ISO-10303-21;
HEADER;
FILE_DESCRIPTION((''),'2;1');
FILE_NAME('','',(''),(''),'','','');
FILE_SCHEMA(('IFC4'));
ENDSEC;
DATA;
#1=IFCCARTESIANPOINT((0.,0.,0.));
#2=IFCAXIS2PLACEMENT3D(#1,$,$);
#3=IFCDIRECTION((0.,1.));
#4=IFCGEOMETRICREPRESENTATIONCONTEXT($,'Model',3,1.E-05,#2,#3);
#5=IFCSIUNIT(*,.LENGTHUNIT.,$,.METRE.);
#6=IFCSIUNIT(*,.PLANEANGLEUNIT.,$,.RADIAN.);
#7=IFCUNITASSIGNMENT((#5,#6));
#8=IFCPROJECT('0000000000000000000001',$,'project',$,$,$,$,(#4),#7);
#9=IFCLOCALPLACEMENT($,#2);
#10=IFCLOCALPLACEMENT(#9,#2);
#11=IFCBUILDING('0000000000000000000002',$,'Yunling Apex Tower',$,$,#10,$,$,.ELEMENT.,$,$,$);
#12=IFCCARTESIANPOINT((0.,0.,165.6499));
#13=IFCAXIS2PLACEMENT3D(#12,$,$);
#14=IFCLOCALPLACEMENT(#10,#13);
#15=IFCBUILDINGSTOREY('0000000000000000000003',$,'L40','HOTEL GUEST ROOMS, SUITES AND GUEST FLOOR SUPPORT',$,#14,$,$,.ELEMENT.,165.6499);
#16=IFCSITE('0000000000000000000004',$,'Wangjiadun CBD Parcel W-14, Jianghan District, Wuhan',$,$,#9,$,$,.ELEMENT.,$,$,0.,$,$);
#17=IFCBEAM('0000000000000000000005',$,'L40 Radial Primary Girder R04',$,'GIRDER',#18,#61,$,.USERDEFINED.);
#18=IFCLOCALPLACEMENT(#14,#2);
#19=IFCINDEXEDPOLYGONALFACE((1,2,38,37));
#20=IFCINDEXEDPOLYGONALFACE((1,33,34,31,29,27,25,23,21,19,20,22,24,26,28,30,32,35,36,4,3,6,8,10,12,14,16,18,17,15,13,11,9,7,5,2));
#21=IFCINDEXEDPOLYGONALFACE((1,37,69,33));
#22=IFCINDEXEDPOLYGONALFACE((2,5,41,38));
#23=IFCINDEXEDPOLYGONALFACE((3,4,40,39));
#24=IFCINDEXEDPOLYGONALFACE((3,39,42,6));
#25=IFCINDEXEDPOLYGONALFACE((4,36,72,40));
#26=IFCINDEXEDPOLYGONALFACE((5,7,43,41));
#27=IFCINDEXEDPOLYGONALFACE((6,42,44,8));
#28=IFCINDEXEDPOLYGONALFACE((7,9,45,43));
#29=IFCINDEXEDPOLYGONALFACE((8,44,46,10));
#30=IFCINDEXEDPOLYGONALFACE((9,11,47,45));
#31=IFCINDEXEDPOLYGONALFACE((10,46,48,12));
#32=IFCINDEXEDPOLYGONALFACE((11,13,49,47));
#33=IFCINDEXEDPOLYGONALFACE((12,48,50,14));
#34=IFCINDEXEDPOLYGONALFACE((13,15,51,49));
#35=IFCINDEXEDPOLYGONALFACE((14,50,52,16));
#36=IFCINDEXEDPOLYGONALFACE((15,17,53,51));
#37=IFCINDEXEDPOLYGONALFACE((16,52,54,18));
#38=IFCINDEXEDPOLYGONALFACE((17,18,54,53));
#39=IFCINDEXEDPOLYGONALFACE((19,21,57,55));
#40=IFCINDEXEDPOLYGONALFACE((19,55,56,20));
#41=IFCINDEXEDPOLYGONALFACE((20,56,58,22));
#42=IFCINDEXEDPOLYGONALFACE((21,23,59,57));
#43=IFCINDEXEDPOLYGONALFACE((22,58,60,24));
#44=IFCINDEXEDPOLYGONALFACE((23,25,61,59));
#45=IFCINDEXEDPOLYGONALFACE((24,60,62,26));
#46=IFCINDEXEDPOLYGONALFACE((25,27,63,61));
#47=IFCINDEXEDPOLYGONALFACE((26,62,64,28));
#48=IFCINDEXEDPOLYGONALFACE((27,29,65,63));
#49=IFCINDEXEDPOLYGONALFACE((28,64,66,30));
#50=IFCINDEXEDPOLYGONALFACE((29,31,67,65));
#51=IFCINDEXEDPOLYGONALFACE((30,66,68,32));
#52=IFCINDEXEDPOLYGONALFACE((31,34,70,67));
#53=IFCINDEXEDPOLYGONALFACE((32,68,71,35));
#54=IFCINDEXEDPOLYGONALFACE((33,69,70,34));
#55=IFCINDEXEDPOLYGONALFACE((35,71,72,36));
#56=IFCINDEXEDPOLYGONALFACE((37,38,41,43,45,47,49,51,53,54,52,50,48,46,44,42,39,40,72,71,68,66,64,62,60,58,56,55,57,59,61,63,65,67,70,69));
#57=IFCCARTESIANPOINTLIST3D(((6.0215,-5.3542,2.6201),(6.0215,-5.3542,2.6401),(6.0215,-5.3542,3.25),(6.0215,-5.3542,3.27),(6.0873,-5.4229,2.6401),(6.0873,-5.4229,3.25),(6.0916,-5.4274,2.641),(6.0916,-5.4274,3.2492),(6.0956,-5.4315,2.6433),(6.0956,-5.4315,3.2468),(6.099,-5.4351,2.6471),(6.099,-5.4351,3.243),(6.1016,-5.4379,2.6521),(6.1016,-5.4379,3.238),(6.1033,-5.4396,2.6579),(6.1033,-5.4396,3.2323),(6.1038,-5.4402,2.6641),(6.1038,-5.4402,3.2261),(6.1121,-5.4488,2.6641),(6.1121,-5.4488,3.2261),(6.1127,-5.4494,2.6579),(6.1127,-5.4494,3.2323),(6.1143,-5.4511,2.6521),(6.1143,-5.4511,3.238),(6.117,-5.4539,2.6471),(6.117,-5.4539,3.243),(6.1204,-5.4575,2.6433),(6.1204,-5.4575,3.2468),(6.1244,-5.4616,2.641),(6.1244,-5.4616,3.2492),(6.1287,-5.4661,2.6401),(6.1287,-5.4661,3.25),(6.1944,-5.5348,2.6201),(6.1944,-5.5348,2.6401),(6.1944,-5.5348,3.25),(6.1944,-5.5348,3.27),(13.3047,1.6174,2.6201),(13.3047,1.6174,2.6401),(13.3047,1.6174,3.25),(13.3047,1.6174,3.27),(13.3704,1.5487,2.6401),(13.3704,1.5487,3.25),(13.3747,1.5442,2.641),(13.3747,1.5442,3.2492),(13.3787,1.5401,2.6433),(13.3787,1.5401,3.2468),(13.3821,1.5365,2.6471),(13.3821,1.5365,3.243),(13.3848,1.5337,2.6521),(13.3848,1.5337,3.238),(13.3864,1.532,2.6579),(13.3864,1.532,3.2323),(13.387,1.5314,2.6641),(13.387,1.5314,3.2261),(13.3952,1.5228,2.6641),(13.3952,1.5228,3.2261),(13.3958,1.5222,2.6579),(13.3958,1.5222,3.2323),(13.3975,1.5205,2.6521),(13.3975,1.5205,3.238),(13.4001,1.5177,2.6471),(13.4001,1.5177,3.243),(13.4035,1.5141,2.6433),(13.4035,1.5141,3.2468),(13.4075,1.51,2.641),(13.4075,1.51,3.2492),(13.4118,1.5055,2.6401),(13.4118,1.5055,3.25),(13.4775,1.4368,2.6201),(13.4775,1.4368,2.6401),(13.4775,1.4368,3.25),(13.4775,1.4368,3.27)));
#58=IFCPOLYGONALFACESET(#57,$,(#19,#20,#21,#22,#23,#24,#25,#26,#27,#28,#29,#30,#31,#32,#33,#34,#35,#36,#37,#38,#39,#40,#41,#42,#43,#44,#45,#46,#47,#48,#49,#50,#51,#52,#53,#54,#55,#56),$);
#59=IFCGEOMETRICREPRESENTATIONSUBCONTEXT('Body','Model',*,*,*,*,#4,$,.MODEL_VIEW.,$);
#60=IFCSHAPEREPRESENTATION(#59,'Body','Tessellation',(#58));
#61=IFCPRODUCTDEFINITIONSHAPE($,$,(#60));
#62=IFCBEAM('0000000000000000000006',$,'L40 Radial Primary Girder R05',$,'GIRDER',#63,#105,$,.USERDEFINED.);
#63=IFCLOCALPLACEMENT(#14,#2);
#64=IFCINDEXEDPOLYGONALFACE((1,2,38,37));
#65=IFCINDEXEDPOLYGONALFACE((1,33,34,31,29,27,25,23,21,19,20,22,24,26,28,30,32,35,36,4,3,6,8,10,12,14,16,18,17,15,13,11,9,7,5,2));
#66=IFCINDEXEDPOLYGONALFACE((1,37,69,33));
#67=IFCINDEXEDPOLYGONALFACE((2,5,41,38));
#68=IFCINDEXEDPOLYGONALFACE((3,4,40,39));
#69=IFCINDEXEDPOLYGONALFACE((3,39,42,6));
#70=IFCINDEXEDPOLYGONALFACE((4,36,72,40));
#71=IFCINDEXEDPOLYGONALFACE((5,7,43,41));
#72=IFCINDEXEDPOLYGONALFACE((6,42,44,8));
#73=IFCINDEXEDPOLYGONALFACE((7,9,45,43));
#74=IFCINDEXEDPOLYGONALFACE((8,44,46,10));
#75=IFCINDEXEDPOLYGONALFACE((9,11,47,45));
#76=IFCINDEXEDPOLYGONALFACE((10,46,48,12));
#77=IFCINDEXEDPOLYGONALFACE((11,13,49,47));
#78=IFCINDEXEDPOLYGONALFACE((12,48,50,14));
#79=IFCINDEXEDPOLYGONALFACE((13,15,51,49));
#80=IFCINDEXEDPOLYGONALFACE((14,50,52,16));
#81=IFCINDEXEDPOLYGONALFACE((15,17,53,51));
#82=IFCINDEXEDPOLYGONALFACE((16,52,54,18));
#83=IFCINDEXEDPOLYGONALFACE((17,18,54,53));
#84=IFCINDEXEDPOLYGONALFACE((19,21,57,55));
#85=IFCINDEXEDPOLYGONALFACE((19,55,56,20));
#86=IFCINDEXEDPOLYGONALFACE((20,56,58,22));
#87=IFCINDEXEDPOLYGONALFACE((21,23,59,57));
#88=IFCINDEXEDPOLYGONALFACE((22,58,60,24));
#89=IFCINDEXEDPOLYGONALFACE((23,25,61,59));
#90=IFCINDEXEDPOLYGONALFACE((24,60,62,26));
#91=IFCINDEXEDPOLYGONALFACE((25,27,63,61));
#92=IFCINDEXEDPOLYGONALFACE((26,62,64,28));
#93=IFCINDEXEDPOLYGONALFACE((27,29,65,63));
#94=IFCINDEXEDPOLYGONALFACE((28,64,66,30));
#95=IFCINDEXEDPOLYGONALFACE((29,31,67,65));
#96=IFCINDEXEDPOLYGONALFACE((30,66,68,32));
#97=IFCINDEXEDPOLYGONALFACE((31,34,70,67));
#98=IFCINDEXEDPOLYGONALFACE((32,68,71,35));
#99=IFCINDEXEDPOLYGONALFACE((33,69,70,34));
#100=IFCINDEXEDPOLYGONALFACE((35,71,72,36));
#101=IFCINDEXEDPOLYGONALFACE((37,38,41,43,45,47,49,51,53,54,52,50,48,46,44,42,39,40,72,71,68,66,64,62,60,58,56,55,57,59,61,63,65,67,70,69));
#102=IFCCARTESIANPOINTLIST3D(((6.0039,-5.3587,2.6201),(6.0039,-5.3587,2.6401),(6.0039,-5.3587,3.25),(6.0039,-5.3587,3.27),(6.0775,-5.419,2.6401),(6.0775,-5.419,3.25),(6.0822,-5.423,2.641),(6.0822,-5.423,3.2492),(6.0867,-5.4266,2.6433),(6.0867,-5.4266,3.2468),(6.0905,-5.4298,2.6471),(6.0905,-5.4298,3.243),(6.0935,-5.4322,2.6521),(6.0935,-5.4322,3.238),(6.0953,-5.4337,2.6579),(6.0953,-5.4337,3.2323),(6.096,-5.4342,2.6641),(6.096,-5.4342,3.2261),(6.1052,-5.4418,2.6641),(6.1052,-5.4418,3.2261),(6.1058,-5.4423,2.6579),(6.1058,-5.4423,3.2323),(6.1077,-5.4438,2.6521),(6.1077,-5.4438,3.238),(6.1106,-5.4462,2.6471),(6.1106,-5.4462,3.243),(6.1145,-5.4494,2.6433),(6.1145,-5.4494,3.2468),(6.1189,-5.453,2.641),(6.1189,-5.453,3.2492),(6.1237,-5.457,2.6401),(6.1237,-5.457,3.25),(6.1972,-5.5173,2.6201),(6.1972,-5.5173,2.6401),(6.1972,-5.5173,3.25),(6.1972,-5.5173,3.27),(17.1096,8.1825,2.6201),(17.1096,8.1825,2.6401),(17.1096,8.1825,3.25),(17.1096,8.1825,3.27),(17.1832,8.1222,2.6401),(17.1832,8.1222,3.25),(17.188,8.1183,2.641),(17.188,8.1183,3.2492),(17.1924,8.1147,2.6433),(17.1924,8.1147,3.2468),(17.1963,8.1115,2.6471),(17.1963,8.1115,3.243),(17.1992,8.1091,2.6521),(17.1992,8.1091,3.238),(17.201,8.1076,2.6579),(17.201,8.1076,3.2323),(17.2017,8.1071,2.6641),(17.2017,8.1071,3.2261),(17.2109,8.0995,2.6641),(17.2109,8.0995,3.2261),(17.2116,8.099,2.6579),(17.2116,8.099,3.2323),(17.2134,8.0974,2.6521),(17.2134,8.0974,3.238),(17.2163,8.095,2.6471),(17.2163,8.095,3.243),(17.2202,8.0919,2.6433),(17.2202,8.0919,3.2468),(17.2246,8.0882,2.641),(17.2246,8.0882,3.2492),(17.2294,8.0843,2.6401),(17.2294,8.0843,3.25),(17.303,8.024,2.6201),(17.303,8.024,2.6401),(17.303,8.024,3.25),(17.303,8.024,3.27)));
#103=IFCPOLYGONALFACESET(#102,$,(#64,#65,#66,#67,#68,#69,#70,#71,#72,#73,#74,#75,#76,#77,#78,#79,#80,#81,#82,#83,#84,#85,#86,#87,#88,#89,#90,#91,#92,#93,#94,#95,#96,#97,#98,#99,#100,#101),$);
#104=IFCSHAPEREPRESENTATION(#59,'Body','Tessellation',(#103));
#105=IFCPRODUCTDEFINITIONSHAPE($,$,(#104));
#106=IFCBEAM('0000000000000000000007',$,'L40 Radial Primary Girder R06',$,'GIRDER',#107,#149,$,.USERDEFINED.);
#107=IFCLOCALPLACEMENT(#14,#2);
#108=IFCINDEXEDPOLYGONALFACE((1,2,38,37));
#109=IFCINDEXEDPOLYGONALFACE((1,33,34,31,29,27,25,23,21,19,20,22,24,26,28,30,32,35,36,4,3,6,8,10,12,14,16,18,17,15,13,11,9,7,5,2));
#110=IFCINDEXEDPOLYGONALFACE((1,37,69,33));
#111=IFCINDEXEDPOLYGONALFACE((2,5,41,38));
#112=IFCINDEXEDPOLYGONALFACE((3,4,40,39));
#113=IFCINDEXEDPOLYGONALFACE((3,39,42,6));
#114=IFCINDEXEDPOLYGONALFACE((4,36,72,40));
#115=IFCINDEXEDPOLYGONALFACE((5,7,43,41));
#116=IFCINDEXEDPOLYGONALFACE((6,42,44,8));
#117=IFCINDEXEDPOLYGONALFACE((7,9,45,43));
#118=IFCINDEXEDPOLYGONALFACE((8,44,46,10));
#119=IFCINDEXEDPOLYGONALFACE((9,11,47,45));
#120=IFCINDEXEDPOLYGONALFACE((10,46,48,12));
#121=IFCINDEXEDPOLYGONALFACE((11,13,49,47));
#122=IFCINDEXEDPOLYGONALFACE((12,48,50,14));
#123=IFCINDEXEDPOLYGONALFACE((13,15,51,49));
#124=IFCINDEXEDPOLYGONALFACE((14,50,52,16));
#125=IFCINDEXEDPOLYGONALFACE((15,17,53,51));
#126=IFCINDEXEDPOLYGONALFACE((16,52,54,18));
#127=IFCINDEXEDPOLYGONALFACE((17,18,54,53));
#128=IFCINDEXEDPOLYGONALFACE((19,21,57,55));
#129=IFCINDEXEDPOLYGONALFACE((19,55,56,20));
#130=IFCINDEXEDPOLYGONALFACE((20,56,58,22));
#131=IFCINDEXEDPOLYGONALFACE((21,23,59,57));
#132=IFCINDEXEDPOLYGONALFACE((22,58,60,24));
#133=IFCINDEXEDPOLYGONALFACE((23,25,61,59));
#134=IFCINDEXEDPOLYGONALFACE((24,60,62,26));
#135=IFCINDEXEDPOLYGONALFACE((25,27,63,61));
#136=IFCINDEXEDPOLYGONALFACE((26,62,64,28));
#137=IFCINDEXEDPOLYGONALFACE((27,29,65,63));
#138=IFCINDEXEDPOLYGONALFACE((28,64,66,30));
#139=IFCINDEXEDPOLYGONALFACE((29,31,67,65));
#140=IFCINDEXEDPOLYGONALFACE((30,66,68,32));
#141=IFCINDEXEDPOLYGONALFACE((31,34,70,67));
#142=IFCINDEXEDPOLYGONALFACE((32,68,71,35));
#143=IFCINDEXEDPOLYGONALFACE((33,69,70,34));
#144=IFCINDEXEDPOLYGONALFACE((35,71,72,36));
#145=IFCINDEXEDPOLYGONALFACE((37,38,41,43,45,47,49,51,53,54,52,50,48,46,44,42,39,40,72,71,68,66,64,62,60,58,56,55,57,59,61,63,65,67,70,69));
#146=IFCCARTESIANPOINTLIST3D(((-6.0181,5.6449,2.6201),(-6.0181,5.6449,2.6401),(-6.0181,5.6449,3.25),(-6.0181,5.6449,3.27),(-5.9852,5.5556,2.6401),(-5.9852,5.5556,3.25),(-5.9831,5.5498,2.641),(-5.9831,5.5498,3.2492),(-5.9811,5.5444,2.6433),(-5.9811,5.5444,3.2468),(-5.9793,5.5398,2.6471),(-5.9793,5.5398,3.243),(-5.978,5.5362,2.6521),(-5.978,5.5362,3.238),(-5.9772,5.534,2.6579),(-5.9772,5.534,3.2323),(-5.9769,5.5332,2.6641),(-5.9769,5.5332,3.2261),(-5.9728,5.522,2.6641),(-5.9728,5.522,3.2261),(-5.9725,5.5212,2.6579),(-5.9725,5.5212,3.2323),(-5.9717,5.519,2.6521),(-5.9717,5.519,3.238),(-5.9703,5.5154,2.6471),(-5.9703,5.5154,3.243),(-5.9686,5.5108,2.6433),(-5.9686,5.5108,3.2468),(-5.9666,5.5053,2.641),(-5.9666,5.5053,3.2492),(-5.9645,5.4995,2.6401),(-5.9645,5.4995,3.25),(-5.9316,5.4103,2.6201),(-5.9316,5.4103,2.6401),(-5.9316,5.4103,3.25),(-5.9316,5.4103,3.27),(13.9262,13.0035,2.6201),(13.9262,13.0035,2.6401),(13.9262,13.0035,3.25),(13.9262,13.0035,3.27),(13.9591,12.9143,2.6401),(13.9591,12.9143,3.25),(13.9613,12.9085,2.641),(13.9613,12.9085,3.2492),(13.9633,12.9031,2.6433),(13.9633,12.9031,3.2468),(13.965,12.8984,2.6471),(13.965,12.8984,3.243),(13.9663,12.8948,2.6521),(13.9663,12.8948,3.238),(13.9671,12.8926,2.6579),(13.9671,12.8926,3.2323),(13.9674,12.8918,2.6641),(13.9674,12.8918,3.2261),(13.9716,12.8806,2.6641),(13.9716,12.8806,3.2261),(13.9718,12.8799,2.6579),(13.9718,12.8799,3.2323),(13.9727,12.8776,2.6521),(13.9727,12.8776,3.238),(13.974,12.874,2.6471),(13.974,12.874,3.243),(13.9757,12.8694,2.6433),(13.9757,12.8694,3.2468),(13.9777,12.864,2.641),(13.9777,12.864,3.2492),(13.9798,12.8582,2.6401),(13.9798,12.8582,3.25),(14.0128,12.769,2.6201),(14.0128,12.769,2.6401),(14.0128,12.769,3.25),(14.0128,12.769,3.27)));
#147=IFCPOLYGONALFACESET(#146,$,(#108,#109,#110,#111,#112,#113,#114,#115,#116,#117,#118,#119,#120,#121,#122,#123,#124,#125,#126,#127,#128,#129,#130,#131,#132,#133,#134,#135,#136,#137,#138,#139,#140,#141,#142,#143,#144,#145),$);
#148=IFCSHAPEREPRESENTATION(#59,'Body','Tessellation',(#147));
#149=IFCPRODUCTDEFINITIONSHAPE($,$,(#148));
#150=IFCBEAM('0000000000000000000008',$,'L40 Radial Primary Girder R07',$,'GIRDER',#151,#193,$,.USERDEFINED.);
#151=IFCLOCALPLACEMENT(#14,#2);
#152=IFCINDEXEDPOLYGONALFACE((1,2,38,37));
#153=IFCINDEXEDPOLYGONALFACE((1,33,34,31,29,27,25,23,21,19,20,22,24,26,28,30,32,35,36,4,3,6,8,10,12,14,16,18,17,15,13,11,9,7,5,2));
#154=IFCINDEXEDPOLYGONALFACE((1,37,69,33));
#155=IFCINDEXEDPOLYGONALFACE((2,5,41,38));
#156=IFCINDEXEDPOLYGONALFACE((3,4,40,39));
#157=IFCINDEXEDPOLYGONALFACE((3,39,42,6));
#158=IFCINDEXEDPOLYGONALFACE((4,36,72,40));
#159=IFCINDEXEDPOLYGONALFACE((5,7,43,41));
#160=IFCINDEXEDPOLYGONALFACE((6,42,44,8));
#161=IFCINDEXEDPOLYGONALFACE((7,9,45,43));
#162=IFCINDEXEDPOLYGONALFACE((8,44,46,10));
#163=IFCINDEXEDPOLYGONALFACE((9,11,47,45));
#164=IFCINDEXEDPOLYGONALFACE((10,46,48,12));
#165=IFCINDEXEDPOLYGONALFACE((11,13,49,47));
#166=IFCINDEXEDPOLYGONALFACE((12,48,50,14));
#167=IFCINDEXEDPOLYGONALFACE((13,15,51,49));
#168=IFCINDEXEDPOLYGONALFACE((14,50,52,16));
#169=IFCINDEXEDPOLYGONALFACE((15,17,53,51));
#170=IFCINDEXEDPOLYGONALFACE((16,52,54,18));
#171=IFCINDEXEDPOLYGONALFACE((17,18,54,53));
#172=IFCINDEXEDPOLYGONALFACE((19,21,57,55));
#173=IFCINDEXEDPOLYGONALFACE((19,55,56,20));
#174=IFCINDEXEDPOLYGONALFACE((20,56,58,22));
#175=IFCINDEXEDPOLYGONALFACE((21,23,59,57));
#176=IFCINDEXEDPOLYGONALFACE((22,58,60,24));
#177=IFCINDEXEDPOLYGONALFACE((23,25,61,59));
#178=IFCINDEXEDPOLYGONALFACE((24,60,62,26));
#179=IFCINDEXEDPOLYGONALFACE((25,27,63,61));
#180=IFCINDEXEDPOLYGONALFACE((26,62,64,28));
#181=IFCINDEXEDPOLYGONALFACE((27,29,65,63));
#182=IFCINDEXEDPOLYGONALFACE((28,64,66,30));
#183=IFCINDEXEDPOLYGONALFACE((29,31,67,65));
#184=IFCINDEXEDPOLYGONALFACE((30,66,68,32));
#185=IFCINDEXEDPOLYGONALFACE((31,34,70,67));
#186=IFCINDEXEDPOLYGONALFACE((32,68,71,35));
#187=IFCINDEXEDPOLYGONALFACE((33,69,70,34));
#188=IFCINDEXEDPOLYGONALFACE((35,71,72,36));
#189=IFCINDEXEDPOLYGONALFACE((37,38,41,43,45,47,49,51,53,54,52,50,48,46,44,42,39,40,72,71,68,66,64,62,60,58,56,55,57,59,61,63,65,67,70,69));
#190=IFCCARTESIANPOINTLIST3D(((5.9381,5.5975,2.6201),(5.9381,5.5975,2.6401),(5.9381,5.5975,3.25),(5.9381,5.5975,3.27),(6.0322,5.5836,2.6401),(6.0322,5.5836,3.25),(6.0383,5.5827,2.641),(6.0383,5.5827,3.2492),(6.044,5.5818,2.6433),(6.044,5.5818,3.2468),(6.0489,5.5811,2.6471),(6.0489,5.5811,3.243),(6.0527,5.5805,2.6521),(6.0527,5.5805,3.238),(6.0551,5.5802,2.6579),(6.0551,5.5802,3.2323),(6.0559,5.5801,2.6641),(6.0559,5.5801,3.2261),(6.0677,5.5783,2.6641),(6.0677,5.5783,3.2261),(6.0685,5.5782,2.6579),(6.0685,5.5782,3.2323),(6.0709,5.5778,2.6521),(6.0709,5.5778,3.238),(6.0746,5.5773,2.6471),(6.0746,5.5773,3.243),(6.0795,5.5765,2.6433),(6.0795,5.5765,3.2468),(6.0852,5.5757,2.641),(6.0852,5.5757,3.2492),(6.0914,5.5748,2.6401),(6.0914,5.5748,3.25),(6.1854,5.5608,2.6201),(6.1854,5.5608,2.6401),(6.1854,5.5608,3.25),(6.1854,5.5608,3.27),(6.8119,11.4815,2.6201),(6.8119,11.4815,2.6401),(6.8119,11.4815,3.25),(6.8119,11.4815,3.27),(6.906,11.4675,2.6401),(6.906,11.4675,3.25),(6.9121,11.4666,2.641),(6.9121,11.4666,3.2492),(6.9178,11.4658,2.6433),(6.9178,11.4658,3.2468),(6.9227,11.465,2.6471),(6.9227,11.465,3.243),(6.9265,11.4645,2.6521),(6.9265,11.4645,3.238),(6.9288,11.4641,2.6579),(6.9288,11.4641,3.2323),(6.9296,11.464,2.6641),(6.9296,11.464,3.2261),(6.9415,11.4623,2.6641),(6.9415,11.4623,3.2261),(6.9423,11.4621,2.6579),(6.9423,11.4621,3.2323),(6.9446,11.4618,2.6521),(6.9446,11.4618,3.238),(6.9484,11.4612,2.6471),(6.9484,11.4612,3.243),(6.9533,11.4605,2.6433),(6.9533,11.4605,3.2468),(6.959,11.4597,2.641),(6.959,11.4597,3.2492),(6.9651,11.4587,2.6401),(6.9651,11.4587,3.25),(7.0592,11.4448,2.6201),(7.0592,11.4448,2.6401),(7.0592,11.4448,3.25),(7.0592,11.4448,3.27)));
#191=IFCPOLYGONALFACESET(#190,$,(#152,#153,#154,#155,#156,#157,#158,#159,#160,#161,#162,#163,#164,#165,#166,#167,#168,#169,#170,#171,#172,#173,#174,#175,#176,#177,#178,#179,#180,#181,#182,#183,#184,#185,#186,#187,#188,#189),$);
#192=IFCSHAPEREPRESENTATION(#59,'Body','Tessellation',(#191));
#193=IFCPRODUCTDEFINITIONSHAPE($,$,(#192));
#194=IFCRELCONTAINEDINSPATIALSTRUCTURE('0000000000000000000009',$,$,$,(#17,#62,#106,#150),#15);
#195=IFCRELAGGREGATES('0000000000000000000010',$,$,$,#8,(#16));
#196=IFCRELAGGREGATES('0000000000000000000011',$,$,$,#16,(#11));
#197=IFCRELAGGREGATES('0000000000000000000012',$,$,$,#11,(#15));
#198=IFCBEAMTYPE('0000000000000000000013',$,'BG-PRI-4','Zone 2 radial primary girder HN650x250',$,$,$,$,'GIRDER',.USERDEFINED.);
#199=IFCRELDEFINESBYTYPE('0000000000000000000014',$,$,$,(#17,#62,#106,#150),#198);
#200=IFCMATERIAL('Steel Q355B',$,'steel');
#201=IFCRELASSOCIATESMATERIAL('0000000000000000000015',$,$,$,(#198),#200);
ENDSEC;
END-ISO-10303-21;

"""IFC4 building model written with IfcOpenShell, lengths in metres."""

from ifc_helpers import new_model, si_unit, direction, frame, origin, origin_2d, place, context, subcontext, project, spatial, i_section, extrude, source, transform, mapped, material, material_profile, profile_set, type_object, element, save


model = new_model("IFC4")

# Units and contexts
model_context = context("Model", 3, precision=1e-05, world=origin(), true_north=direction((0.0, 1.0)))
body_context = subcontext(model_context, "Body", "Model", "MODEL_VIEW")
ifc_project = project(units=[si_unit("LENGTHUNIT", "METRE"), si_unit("PLANEANGLEUNIT", "RADIAN")], contexts=[model_context])

# Site, building, storey
site_placement = place(None, origin())
site = spatial("IfcSite", under=ifc_project, at=site_placement, Name="Wangjiadun CBD Parcel W-14, Jianghan District, Wuhan", CompositionType="ELEMENT", RefElevation=0.0)
building_placement = place(site_placement, origin())
building = spatial("IfcBuilding", under=site, at=building_placement, Name="Yunling Apex Tower", CompositionType="ELEMENT")
storey_placement = place(building_placement, frame((0.0, 0.0, 165.6499)))
storey = spatial("IfcBuildingStorey", under=building, at=storey_placement, Name="L40", Description="HOTEL GUEST ROOMS, SUITES AND GUEST FLOOR SUPPORT", CompositionType="ELEMENT", Elevation=165.6499)

# Beams
ifc_material_1 = material(Name="Steel Q355B", Category="steel")
ifc_material_profile_1 = material_profile(ifc_material_1, i_section(OverallWidth=0.25, OverallDepth=0.6499, WebThickness=0.012, FlangeThickness=0.02, FilletRadius=0.0239, at=origin_2d()))
ifc_profile_set_1 = profile_set([ifc_material_profile_1], Name="Steel Q355B")
beam_type_1 = type_object("IfcBeamType", Name="BG-PRI-4", Description="Zone 2 radial primary girder HN650x250", ElementType="GIRDER", PredefinedType="USERDEFINED", material=ifc_profile_set_1)
shared_shape_1 = source(origin(), body_context, "Body", "SweptSolid", [
    extrude(i_section(OverallWidth=0.25, OverallDepth=0.6499, WebThickness=0.012, FlangeThickness=0.02, FilletRadius=0.0239, at=origin_2d()), origin(), (0.0, 0.0, 1.0), 10.082),
])
beam_1_placement = place(storey_placement, frame((13.3911, 1.5271, 2.9451), z_axis=(-0.722387, -0.691489, 0.0), x_axis=(0.691489, -0.722387, 0.0)))
element("IfcBeam", 1, at=beam_1_placement, inside=storey, type_object=beam_type_1, Name="L40 Radial Primary Girder R04", ObjectType="GIRDER", PredefinedType="USERDEFINED", context=body_context, shape_type="MappedRepresentation", body=[
    mapped(shared_shape_1, transform((0.0, 0.0, 0.0), scale=1.0)),
])
shared_shape_2 = source(origin(), body_context, "Body", "SweptSolid", [
    extrude(i_section(OverallWidth=0.25, OverallDepth=0.6499, WebThickness=0.012, FlangeThickness=0.02, FilletRadius=0.0239, at=origin_2d()), origin(), (0.0, 0.0, 1.0), 17.5129),
])
beam_2_placement = place(storey_placement, frame((17.2063, 8.1033, 2.9451), z_axis=(-0.634144, -0.773215, 0.0), x_axis=(0.773215, -0.634144, 0.0)))
element("IfcBeam", 2, at=beam_2_placement, inside=storey, type_object=beam_type_1, Name="L40 Radial Primary Girder R05", ObjectType="GIRDER", PredefinedType="USERDEFINED", context=body_context, shape_type="MappedRepresentation", body=[
    mapped(shared_shape_2, transform((0.0, 0.0, 0.0), scale=1.0)),
])
shared_shape_3 = source(origin(), body_context, "Body", "SweptSolid", [
    extrude(i_section(OverallWidth=0.25, OverallDepth=0.6499, WebThickness=0.012, FlangeThickness=0.02, FilletRadius=0.0239, at=origin_2d()), origin(), (0.0, 0.0, 1.0), 21.2585),
])
beam_3_placement = place(storey_placement, frame((13.9695, 12.8862, 2.9451), z_axis=(-0.938179, -0.34615, 0.0), x_axis=(0.34615, -0.938179, 0.0)))
element("IfcBeam", 3, at=beam_3_placement, inside=storey, type_object=beam_type_1, Name="L40 Radial Primary Girder R06", ObjectType="GIRDER", PredefinedType="USERDEFINED", context=body_context, shape_type="MappedRepresentation", body=[
    mapped(shared_shape_3, transform((0.0, 0.0, 0.0), scale=1.0)),
])
shared_shape_4 = source(origin(), body_context, "Body", "SweptSolid", [
    extrude(i_section(OverallWidth=0.25, OverallDepth=0.6499, WebThickness=0.012, FlangeThickness=0.02, FilletRadius=0.0239, at=origin_2d()), origin(), (0.0, 0.0, 1.0), 5.9485),
])
beam_4_placement = place(storey_placement, frame((6.9355, 11.4631, 2.9451), z_axis=(-0.146889, -0.989153, 0.0), x_axis=(0.989153, -0.146889, 0.0)))
element("IfcBeam", 4, at=beam_4_placement, inside=storey, type_object=beam_type_1, Name="L40 Radial Primary Girder R07", ObjectType="GIRDER", PredefinedType="USERDEFINED", context=body_context, shape_type="MappedRepresentation", body=[
    mapped(shared_shape_4, transform((0.0, 0.0, 0.0), scale=1.0)),
])

save(model, "model.ifc")
